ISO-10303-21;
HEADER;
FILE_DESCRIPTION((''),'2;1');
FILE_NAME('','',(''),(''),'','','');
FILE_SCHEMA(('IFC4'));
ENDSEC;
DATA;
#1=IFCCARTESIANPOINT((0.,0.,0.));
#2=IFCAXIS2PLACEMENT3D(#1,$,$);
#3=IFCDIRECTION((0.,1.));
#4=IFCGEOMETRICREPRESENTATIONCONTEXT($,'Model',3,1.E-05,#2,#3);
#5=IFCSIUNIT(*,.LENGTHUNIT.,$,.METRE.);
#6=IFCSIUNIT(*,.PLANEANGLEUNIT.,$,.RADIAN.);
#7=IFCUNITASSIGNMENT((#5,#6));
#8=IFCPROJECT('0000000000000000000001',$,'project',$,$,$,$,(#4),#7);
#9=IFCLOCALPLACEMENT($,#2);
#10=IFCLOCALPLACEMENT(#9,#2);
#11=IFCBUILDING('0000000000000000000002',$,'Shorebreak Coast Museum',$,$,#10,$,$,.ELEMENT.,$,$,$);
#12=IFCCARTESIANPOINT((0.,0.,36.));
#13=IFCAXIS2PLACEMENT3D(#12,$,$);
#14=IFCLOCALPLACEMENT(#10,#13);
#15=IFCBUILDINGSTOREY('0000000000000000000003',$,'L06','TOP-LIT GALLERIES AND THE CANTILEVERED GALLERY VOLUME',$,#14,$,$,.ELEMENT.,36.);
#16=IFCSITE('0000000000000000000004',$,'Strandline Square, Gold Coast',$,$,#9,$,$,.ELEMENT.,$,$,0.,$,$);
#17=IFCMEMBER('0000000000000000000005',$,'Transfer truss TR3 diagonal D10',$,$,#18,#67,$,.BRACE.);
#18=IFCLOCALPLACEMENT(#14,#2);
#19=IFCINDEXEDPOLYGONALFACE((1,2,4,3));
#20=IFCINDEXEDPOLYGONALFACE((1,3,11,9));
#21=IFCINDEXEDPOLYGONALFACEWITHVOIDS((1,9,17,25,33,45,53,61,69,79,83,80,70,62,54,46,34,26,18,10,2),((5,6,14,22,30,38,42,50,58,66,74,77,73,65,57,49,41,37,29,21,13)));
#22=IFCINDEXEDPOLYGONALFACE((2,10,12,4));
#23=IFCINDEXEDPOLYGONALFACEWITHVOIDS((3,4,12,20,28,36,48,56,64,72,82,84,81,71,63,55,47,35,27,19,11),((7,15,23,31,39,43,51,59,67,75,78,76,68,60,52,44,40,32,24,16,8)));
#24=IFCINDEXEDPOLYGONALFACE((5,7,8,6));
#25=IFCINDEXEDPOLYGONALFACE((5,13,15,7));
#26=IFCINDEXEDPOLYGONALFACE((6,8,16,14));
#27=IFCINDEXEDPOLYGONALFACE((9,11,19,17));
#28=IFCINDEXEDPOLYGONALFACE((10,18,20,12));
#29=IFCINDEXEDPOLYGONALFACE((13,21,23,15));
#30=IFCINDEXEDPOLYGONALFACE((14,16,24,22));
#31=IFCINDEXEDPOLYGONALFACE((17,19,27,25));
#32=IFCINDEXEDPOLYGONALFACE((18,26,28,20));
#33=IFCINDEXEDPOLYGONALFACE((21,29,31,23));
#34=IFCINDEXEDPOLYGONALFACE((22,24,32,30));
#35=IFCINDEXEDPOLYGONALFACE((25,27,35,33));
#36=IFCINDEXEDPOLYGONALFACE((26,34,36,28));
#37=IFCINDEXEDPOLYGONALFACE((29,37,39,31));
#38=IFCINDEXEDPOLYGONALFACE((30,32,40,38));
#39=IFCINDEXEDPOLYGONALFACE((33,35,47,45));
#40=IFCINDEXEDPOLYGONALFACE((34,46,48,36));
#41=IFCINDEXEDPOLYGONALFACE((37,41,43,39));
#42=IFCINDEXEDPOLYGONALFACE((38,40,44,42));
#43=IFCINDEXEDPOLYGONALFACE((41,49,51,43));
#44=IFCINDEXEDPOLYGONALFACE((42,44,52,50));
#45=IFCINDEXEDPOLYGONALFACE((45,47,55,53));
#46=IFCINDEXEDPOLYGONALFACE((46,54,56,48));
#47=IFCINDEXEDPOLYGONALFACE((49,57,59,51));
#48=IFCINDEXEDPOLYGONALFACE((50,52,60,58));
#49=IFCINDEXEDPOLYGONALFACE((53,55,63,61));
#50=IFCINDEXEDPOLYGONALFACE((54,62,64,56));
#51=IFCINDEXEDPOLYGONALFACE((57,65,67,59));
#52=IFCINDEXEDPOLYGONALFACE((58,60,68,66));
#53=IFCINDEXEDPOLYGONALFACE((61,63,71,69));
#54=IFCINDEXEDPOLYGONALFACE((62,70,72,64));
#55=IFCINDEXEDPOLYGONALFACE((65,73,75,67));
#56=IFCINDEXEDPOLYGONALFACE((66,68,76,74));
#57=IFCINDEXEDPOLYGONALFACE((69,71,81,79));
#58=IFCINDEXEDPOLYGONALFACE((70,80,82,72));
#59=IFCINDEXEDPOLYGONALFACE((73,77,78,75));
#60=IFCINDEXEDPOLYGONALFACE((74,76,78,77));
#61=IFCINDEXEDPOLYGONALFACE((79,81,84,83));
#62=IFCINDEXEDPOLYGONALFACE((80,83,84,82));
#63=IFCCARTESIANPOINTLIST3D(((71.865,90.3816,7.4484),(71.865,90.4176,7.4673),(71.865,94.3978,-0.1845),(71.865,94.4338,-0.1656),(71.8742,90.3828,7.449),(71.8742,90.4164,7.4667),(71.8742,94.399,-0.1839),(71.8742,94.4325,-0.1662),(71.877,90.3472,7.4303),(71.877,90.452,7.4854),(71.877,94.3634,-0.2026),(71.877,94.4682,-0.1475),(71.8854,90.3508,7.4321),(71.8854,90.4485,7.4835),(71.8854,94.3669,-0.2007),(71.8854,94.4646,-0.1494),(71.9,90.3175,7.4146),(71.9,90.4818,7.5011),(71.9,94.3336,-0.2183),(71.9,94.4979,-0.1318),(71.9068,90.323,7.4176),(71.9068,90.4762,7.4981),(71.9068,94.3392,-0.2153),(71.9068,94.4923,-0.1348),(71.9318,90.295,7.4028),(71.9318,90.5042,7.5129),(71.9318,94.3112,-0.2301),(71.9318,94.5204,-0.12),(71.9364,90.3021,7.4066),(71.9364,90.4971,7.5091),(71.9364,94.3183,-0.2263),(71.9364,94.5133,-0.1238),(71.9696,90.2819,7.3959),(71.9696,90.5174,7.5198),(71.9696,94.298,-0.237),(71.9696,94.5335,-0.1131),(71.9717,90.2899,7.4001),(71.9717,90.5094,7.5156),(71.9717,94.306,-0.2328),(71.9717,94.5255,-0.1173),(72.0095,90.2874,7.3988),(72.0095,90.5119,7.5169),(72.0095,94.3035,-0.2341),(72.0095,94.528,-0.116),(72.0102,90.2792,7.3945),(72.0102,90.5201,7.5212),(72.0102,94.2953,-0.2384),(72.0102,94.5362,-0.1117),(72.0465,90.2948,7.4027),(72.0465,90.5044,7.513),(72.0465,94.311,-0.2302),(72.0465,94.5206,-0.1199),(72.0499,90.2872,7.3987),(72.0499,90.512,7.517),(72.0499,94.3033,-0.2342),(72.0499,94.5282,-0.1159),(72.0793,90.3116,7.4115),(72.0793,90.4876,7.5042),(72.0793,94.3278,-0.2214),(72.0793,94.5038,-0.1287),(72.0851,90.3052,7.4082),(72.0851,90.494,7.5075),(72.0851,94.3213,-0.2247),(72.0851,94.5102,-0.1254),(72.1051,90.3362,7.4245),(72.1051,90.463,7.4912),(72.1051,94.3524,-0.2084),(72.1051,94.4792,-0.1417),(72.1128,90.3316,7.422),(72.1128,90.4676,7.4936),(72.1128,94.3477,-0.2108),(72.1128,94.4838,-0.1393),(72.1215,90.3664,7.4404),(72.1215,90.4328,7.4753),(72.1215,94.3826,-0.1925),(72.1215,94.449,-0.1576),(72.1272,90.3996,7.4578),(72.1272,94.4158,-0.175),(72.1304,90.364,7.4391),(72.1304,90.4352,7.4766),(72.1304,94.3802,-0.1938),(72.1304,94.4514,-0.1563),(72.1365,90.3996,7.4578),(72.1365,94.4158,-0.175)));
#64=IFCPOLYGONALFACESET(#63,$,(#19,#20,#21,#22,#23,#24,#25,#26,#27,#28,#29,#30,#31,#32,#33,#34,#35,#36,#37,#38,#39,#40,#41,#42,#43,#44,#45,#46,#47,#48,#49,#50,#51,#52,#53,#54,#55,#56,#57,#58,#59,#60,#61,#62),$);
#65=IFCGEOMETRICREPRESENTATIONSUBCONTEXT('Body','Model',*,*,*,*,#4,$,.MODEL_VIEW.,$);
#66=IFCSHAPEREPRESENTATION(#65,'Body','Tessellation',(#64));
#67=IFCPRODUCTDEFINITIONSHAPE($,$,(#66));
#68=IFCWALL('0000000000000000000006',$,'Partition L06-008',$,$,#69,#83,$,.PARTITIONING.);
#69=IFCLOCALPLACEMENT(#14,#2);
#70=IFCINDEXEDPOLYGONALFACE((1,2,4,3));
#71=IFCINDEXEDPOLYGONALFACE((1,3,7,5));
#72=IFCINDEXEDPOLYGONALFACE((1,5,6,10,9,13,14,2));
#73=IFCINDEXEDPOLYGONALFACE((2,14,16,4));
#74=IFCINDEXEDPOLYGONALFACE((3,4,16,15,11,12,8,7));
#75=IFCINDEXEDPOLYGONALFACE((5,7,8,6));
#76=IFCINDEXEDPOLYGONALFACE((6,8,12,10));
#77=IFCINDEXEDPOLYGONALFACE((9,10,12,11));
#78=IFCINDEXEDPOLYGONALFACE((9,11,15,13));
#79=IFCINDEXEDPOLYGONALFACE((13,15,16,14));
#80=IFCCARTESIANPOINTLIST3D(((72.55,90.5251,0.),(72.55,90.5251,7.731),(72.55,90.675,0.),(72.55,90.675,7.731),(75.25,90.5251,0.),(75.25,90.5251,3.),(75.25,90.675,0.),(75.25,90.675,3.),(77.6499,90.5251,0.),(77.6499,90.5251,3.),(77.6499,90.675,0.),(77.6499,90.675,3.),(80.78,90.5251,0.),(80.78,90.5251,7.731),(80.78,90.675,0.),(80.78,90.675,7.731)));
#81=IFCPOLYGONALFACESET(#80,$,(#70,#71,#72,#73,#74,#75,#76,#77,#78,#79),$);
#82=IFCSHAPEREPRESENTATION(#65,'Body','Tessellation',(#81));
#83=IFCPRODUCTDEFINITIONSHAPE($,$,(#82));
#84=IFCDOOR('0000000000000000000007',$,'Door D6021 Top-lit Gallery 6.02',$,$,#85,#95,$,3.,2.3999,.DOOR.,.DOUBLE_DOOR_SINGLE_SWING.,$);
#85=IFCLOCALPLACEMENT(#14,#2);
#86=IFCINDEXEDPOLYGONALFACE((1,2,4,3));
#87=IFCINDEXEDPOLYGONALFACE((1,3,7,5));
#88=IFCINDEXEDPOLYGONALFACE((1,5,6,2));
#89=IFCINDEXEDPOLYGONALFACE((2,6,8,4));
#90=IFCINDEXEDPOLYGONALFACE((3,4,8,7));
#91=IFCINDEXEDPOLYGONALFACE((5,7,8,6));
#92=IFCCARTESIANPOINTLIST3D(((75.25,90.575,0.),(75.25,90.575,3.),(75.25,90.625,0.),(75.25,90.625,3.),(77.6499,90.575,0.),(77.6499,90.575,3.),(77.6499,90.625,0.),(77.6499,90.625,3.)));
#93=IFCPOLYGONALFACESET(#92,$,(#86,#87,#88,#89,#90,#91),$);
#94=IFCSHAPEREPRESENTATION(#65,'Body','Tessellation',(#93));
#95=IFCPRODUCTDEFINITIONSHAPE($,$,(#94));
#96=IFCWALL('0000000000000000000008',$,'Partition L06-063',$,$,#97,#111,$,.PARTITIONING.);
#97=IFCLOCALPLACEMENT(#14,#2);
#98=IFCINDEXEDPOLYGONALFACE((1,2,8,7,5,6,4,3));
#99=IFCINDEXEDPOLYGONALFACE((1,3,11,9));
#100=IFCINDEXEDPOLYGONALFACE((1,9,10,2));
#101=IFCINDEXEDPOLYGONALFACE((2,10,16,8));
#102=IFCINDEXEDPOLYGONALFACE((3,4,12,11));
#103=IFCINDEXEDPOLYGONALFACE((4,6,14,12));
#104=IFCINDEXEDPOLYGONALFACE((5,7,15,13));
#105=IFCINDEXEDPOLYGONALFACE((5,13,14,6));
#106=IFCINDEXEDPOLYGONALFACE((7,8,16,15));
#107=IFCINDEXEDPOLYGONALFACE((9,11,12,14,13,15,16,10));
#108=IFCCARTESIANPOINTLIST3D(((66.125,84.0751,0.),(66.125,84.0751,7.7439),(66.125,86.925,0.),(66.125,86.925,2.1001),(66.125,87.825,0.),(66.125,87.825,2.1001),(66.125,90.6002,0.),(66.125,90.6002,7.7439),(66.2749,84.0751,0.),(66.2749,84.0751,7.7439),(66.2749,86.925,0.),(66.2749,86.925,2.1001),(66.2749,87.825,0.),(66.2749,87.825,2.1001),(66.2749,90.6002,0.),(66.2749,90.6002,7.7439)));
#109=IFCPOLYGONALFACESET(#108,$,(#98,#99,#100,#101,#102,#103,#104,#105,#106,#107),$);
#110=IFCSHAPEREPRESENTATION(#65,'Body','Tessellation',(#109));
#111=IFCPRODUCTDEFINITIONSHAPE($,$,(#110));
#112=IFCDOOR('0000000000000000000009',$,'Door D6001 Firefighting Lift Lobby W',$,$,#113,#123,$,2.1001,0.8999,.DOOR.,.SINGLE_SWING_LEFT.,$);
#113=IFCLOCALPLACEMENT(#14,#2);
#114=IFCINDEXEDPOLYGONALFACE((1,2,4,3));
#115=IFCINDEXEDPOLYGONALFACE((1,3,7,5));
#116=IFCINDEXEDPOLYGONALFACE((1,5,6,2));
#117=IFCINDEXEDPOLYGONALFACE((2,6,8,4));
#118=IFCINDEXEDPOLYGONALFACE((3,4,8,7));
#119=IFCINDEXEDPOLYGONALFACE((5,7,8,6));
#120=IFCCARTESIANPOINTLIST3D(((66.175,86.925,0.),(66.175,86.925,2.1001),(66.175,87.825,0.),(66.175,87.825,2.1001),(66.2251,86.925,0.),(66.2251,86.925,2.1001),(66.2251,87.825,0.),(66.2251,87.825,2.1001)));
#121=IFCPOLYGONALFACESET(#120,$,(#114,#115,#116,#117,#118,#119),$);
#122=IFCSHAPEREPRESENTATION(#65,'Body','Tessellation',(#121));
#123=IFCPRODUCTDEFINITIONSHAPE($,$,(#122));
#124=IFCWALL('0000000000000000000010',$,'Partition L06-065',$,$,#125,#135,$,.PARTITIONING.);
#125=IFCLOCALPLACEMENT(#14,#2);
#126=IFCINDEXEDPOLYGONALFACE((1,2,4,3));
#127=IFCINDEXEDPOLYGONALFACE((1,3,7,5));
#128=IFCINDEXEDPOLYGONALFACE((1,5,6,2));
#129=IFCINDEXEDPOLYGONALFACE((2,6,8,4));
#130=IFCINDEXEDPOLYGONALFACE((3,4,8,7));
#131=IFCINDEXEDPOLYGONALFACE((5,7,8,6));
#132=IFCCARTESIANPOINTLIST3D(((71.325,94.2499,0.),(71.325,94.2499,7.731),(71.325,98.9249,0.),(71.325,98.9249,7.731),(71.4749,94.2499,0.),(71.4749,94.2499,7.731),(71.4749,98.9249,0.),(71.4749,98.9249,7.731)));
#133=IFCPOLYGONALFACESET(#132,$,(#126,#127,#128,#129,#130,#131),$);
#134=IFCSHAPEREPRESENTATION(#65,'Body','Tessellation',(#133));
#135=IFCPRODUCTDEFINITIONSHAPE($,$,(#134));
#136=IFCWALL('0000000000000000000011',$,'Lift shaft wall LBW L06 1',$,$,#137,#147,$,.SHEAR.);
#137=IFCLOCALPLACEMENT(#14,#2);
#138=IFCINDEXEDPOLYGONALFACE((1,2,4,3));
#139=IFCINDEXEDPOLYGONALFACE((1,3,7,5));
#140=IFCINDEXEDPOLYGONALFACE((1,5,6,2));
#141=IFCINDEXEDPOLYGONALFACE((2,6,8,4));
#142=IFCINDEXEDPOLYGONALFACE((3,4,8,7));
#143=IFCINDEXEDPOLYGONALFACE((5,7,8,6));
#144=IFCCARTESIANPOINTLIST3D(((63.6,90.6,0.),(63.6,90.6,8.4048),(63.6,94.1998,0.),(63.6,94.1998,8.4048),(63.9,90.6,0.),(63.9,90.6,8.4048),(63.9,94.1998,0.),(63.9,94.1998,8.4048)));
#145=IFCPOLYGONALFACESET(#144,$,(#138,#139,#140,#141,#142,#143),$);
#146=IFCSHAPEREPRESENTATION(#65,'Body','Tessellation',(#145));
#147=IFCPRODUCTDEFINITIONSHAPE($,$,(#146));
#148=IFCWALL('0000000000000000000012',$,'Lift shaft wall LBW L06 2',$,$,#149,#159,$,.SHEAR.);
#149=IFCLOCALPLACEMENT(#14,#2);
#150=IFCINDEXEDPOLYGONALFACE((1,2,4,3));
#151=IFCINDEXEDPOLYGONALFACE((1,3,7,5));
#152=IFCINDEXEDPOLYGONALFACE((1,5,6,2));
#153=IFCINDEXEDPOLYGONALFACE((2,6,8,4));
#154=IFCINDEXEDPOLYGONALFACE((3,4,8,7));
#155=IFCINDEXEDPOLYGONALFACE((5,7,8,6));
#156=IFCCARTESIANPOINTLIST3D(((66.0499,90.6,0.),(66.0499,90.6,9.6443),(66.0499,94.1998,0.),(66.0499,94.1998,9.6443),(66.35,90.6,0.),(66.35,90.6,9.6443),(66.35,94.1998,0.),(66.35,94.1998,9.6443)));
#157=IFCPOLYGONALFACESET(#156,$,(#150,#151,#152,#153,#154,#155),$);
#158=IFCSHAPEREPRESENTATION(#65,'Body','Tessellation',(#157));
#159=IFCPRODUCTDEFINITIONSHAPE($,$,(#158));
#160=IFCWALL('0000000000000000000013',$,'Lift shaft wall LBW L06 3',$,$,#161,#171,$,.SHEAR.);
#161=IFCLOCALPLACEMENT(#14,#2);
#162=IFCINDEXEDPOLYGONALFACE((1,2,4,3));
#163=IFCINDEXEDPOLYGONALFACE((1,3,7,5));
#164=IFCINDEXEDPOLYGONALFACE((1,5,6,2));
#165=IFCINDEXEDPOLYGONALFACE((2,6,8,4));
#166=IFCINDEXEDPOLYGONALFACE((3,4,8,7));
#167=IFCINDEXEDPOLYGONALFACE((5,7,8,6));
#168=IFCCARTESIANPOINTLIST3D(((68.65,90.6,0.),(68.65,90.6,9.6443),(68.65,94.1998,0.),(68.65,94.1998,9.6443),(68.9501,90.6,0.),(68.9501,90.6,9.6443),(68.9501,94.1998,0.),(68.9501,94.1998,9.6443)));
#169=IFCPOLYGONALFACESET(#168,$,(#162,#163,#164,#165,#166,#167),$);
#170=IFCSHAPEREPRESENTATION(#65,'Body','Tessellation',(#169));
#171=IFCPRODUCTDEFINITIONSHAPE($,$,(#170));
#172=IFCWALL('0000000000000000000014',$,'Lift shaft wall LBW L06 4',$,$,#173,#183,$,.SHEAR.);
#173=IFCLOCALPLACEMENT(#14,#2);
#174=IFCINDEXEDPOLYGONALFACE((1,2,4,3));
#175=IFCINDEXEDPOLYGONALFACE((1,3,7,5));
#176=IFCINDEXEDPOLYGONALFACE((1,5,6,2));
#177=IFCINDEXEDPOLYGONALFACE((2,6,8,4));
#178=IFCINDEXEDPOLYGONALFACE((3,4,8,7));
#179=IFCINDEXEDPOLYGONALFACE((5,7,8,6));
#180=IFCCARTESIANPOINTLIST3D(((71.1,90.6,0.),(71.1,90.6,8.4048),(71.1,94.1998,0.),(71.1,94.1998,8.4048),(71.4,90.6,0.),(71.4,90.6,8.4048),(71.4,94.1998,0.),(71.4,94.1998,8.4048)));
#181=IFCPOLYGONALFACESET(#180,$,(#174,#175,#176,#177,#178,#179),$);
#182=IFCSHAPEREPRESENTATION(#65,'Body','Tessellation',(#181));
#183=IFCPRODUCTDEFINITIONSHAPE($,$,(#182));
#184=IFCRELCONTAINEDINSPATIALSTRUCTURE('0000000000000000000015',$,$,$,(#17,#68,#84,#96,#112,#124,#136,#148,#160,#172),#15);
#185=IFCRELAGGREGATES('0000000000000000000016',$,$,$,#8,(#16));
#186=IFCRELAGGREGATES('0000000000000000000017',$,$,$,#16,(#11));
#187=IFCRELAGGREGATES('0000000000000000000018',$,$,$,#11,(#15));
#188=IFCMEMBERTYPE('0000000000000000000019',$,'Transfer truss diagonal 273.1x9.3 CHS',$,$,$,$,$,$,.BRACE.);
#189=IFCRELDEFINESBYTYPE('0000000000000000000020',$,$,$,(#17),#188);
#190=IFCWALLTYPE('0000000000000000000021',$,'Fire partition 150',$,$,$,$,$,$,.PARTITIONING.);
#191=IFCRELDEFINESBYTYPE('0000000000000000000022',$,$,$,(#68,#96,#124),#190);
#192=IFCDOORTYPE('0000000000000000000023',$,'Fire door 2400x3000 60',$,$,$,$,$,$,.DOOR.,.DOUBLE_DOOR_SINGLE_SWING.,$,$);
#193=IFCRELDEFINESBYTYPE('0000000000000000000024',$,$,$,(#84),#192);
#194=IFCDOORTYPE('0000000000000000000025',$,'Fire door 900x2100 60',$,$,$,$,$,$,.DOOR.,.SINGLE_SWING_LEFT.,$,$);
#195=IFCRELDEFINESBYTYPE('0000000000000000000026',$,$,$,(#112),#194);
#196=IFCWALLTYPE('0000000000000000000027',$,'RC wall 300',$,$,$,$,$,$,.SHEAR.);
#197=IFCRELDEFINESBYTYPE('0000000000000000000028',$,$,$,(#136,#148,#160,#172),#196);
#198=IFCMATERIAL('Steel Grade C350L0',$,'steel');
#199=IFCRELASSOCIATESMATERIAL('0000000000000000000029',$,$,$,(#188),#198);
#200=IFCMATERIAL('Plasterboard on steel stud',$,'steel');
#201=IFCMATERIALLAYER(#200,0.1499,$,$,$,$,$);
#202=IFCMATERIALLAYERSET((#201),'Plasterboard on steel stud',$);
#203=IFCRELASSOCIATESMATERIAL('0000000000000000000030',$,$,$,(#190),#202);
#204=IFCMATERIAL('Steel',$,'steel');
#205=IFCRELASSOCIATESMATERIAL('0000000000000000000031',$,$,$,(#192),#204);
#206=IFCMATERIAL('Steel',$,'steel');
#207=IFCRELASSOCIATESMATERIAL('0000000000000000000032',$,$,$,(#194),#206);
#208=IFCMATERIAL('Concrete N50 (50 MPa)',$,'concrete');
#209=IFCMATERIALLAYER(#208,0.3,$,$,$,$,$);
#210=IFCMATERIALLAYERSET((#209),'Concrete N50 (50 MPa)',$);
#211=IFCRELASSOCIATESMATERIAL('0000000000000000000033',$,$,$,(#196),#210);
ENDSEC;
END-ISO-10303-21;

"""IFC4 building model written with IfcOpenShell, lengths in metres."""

from ifc_helpers import new_model, si_unit, direction, frame, frame_2d, origin, origin_2d, place, context, subcontext, project, spatial, rectangle, hollow_circle, extrude, material, layer, layer_set, material_profile, profile_set, type_object, element, fill, save


model = new_model("IFC4")

# Units and contexts
model_context = context("Model", 3, precision=1e-05, world=origin(), true_north=direction((0.0, 1.0)))
body_context = subcontext(model_context, "Body", "Model", "MODEL_VIEW")
ifc_project = project(units=[si_unit("LENGTHUNIT", "METRE"), si_unit("PLANEANGLEUNIT", "RADIAN")], contexts=[model_context])

# Site, building, storey
site_placement = place(None, origin())
site = spatial("IfcSite", under=ifc_project, at=site_placement, Name="Strandline Square, Gold Coast", CompositionType="ELEMENT", RefElevation=0.0)
building_placement = place(site_placement, origin())
building = spatial("IfcBuilding", under=site, at=building_placement, Name="Shorebreak Coast Museum", CompositionType="ELEMENT")
storey_placement = place(building_placement, frame((0.0, 0.0, 36.0)))
storey = spatial("IfcBuildingStorey", under=building, at=storey_placement, Name="L06", Description="TOP-LIT GALLERIES AND THE CANTILEVERED GALLERY VOLUME", CompositionType="ELEMENT", Elevation=36.0)

# Member
ifc_material_1 = material(Name="Steel Grade C350L0", Category="steel")
ifc_material_profile_1 = material_profile(ifc_material_1, hollow_circle(Radius=0.1365, WallThickness=0.0093, at=origin_2d()), Name="273.1x9.3 CHS")
ifc_profile_set_1 = profile_set([ifc_material_profile_1], Name="Steel Grade C350L0")
member_type = type_object("IfcMemberType", Name="Transfer truss diagonal 273.1x9.3 CHS", PredefinedType="BRACE", material=ifc_profile_set_1)
member_placement = place(storey_placement, frame((72.0, 94.4158, -0.175), z_axis=(0.0, -0.465641, 0.884973), x_axis=(1.0, 0.0, 0.0)))
element("IfcMember", 1, at=member_placement, inside=storey, type_object=member_type, Name="Transfer truss TR3 diagonal D10", PredefinedType="BRACE", context=body_context, shape_type="SweptSolid", body=[
    extrude(hollow_circle(Radius=0.1365, WallThickness=0.0093, at=origin_2d()), origin(), (0.0, 0.0, 1.0), 8.625),
])

# Walls, openings, doors
ifc_material_2 = material(Name="Plasterboard on steel stud", Category="steel")
ifc_layer_1 = layer(ifc_material_2, 0.1499)
ifc_layer_set_1 = layer_set([ifc_layer_1], Name="Plasterboard on steel stud")
wall_type_1 = type_object("IfcWallType", Name="Fire partition 150", PredefinedType="PARTITIONING", material=ifc_layer_set_1)
wall_1_placement = place(storey_placement, frame((72.55, 90.6001, 0.0), z_axis=(0.0, 0.0, 1.0), x_axis=(1.0, 0.0, 0.0)))
wall_1 = element("IfcWall", 2, at=wall_1_placement, inside=storey, type_object=wall_type_1, Name="Partition L06-008", PredefinedType="PARTITIONING", context=body_context, shape_type="SweptSolid", body=[
    extrude(rectangle(XDim=8.23, YDim=0.1499, at=frame_2d((4.115, 0.0))), origin(), (0.0, 0.0, 1.0), 7.731),
])
opening_1_placement = place(wall_1_placement, frame((2.7, 0.0, 0.0)))
opening_1 = element("IfcOpeningElement", 3, at=opening_1_placement, cuts=wall_1, PredefinedType="OPENING", context=body_context, shape_type="SweptSolid", body=[
    extrude(rectangle(XDim=2.3999, YDim=3.0, at=frame_2d((1.2, 1.5))), frame((0.0, 0.085, 0.0), z_axis=(0.0, -1.0, 0.0), x_axis=(1.0, 0.0, 0.0)), (0.0, 0.0, 1.0), 0.1699),
])
ifc_material_3 = material(Name="Steel", Category="steel")
door_type_1 = type_object("IfcDoorType", Name="Fire door 2400x3000 60", OperationType="DOUBLE_DOOR_SINGLE_SWING", PredefinedType="DOOR", material=ifc_material_3)
door_1_placement = place(opening_1_placement, origin())
door_1 = element("IfcDoor", 4, at=door_1_placement, inside=storey, type_object=door_type_1, Name="Door D6021 Top-lit Gallery 6.02", OperationType="DOUBLE_DOOR_SINGLE_SWING", OverallHeight=3.0, OverallWidth=2.3999, PredefinedType="DOOR", context=body_context, shape_type="SweptSolid", body=[
    extrude(rectangle(XDim=2.3999, YDim=3.0, at=frame_2d((1.2, 1.5))), frame((0.0, 0.0249, 0.0), z_axis=(0.0, -1.0, 0.0), x_axis=(1.0, 0.0, 0.0)), (0.0, 0.0, 1.0), 0.05),
])
fill(opening_1, door_1)
wall_2_placement = place(storey_placement, frame((66.2, 84.075, 0.0), z_axis=(0.0, 0.0, 1.0), x_axis=(0.0, 1.0, 0.0)))
wall_2 = element("IfcWall", 5, at=wall_2_placement, inside=storey, type_object=wall_type_1, Name="Partition L06-063", PredefinedType="PARTITIONING", context=body_context, shape_type="SweptSolid", body=[
    extrude(rectangle(XDim=6.5251, YDim=0.1499, at=frame_2d((3.2627, 0.0))), origin(), (0.0, 0.0, 1.0), 7.7439),
])
opening_2_placement = place(wall_2_placement, frame((2.8501, 0.0, 0.0)))
opening_2 = element("IfcOpeningElement", 6, at=opening_2_placement, cuts=wall_2, PredefinedType="OPENING", context=body_context, shape_type="SweptSolid", body=[
    extrude(rectangle(XDim=0.8999, YDim=2.1001, at=frame_2d((0.45, 1.05))), frame((0.0, 0.085, 0.0), z_axis=(0.0, -1.0, 0.0), x_axis=(1.0, 0.0, 0.0)), (0.0, 0.0, 1.0), 0.1699),
])
ifc_material_4 = material(Name="Steel", Category="steel")
door_type_2 = type_object("IfcDoorType", Name="Fire door 900x2100 60", OperationType="SINGLE_SWING_LEFT", PredefinedType="DOOR", material=ifc_material_4)
door_2_placement = place(opening_2_placement, origin())
door_2 = element("IfcDoor", 7, at=door_2_placement, inside=storey, type_object=door_type_2, Name="Door D6001 Firefighting Lift Lobby W", OperationType="SINGLE_SWING_LEFT", OverallHeight=2.1001, OverallWidth=0.8999, PredefinedType="DOOR", context=body_context, shape_type="SweptSolid", body=[
    extrude(rectangle(XDim=0.8999, YDim=2.1001, at=frame_2d((0.45, 1.05))), frame((0.0, 0.0249, 0.0), z_axis=(0.0, -1.0, 0.0), x_axis=(1.0, 0.0, 0.0)), (0.0, 0.0, 1.0), 0.05),
])
fill(opening_2, door_2)

# Walls
wall_3_placement = place(storey_placement, frame((71.3999, 94.25, 0.0), z_axis=(0.0, 0.0, 1.0), x_axis=(0.0, 1.0, 0.0)))
element("IfcWall", 8, at=wall_3_placement, inside=storey, type_object=wall_type_1, Name="Partition L06-065", PredefinedType="PARTITIONING", context=body_context, shape_type="SweptSolid", body=[
    extrude(rectangle(XDim=4.675, YDim=0.1499, at=frame_2d((2.3374, 0.0))), origin(), (0.0, 0.0, 1.0), 7.731),
])
ifc_material_5 = material(Name="Concrete N50 (50 MPa)", Category="concrete")
ifc_layer_2 = layer(ifc_material_5, 0.3)
ifc_layer_set_2 = layer_set([ifc_layer_2], Name="Concrete N50 (50 MPa)")
wall_type_2 = type_object("IfcWallType", Name="RC wall 300", PredefinedType="SHEAR", material=ifc_layer_set_2)
wall_4_placement = place(storey_placement, frame((63.75, 90.6001, 0.0), z_axis=(0.0, 0.0, 1.0), x_axis=(0.0, 1.0, 0.0)))
element("IfcWall", 9, at=wall_4_placement, inside=storey, type_object=wall_type_2, Name="Lift shaft wall LBW L06 1", PredefinedType="SHEAR", context=body_context, shape_type="SweptSolid", body=[
    extrude(rectangle(XDim=3.5999, YDim=0.3, at=frame_2d((1.7998, 0.0))), origin(), (0.0, 0.0, 1.0), 8.4048),
])
for number, where, z_axis, x_axis, name in (
    (10, (66.2, 90.6001, 0.0), (0.0, 0.0, 1.0), (0.0, 1.0, 0.0), "Lift shaft wall LBW L06 2"),
    (11, (68.8, 90.6001, 0.0), (0.0, 0.0, 1.0), (0.0, 1.0, 0.0), "Lift shaft wall LBW L06 3"),
):
    element("IfcWall", number, at=place(storey_placement, frame(where, z_axis=z_axis, x_axis=x_axis)), inside=storey, type_object=wall_type_2, Name=name, PredefinedType="SHEAR", context=body_context, shape_type="SweptSolid", body=[
        extrude(rectangle(XDim=3.5999, YDim=0.3, at=frame_2d((1.7998, 0.0))), origin(), (0.0, 0.0, 1.0), 9.6443),
    ])
wall_5_placement = place(storey_placement, frame((71.25, 90.6001, 0.0), z_axis=(0.0, 0.0, 1.0), x_axis=(0.0, 1.0, 0.0)))
element("IfcWall", 12, at=wall_5_placement, inside=storey, type_object=wall_type_2, Name="Lift shaft wall LBW L06 4", PredefinedType="SHEAR", context=body_context, shape_type="SweptSolid", body=[
    extrude(rectangle(XDim=3.5999, YDim=0.3, at=frame_2d((1.7998, 0.0))), origin(), (0.0, 0.0, 1.0), 8.4048),
])

save(model, "model.ifc")
